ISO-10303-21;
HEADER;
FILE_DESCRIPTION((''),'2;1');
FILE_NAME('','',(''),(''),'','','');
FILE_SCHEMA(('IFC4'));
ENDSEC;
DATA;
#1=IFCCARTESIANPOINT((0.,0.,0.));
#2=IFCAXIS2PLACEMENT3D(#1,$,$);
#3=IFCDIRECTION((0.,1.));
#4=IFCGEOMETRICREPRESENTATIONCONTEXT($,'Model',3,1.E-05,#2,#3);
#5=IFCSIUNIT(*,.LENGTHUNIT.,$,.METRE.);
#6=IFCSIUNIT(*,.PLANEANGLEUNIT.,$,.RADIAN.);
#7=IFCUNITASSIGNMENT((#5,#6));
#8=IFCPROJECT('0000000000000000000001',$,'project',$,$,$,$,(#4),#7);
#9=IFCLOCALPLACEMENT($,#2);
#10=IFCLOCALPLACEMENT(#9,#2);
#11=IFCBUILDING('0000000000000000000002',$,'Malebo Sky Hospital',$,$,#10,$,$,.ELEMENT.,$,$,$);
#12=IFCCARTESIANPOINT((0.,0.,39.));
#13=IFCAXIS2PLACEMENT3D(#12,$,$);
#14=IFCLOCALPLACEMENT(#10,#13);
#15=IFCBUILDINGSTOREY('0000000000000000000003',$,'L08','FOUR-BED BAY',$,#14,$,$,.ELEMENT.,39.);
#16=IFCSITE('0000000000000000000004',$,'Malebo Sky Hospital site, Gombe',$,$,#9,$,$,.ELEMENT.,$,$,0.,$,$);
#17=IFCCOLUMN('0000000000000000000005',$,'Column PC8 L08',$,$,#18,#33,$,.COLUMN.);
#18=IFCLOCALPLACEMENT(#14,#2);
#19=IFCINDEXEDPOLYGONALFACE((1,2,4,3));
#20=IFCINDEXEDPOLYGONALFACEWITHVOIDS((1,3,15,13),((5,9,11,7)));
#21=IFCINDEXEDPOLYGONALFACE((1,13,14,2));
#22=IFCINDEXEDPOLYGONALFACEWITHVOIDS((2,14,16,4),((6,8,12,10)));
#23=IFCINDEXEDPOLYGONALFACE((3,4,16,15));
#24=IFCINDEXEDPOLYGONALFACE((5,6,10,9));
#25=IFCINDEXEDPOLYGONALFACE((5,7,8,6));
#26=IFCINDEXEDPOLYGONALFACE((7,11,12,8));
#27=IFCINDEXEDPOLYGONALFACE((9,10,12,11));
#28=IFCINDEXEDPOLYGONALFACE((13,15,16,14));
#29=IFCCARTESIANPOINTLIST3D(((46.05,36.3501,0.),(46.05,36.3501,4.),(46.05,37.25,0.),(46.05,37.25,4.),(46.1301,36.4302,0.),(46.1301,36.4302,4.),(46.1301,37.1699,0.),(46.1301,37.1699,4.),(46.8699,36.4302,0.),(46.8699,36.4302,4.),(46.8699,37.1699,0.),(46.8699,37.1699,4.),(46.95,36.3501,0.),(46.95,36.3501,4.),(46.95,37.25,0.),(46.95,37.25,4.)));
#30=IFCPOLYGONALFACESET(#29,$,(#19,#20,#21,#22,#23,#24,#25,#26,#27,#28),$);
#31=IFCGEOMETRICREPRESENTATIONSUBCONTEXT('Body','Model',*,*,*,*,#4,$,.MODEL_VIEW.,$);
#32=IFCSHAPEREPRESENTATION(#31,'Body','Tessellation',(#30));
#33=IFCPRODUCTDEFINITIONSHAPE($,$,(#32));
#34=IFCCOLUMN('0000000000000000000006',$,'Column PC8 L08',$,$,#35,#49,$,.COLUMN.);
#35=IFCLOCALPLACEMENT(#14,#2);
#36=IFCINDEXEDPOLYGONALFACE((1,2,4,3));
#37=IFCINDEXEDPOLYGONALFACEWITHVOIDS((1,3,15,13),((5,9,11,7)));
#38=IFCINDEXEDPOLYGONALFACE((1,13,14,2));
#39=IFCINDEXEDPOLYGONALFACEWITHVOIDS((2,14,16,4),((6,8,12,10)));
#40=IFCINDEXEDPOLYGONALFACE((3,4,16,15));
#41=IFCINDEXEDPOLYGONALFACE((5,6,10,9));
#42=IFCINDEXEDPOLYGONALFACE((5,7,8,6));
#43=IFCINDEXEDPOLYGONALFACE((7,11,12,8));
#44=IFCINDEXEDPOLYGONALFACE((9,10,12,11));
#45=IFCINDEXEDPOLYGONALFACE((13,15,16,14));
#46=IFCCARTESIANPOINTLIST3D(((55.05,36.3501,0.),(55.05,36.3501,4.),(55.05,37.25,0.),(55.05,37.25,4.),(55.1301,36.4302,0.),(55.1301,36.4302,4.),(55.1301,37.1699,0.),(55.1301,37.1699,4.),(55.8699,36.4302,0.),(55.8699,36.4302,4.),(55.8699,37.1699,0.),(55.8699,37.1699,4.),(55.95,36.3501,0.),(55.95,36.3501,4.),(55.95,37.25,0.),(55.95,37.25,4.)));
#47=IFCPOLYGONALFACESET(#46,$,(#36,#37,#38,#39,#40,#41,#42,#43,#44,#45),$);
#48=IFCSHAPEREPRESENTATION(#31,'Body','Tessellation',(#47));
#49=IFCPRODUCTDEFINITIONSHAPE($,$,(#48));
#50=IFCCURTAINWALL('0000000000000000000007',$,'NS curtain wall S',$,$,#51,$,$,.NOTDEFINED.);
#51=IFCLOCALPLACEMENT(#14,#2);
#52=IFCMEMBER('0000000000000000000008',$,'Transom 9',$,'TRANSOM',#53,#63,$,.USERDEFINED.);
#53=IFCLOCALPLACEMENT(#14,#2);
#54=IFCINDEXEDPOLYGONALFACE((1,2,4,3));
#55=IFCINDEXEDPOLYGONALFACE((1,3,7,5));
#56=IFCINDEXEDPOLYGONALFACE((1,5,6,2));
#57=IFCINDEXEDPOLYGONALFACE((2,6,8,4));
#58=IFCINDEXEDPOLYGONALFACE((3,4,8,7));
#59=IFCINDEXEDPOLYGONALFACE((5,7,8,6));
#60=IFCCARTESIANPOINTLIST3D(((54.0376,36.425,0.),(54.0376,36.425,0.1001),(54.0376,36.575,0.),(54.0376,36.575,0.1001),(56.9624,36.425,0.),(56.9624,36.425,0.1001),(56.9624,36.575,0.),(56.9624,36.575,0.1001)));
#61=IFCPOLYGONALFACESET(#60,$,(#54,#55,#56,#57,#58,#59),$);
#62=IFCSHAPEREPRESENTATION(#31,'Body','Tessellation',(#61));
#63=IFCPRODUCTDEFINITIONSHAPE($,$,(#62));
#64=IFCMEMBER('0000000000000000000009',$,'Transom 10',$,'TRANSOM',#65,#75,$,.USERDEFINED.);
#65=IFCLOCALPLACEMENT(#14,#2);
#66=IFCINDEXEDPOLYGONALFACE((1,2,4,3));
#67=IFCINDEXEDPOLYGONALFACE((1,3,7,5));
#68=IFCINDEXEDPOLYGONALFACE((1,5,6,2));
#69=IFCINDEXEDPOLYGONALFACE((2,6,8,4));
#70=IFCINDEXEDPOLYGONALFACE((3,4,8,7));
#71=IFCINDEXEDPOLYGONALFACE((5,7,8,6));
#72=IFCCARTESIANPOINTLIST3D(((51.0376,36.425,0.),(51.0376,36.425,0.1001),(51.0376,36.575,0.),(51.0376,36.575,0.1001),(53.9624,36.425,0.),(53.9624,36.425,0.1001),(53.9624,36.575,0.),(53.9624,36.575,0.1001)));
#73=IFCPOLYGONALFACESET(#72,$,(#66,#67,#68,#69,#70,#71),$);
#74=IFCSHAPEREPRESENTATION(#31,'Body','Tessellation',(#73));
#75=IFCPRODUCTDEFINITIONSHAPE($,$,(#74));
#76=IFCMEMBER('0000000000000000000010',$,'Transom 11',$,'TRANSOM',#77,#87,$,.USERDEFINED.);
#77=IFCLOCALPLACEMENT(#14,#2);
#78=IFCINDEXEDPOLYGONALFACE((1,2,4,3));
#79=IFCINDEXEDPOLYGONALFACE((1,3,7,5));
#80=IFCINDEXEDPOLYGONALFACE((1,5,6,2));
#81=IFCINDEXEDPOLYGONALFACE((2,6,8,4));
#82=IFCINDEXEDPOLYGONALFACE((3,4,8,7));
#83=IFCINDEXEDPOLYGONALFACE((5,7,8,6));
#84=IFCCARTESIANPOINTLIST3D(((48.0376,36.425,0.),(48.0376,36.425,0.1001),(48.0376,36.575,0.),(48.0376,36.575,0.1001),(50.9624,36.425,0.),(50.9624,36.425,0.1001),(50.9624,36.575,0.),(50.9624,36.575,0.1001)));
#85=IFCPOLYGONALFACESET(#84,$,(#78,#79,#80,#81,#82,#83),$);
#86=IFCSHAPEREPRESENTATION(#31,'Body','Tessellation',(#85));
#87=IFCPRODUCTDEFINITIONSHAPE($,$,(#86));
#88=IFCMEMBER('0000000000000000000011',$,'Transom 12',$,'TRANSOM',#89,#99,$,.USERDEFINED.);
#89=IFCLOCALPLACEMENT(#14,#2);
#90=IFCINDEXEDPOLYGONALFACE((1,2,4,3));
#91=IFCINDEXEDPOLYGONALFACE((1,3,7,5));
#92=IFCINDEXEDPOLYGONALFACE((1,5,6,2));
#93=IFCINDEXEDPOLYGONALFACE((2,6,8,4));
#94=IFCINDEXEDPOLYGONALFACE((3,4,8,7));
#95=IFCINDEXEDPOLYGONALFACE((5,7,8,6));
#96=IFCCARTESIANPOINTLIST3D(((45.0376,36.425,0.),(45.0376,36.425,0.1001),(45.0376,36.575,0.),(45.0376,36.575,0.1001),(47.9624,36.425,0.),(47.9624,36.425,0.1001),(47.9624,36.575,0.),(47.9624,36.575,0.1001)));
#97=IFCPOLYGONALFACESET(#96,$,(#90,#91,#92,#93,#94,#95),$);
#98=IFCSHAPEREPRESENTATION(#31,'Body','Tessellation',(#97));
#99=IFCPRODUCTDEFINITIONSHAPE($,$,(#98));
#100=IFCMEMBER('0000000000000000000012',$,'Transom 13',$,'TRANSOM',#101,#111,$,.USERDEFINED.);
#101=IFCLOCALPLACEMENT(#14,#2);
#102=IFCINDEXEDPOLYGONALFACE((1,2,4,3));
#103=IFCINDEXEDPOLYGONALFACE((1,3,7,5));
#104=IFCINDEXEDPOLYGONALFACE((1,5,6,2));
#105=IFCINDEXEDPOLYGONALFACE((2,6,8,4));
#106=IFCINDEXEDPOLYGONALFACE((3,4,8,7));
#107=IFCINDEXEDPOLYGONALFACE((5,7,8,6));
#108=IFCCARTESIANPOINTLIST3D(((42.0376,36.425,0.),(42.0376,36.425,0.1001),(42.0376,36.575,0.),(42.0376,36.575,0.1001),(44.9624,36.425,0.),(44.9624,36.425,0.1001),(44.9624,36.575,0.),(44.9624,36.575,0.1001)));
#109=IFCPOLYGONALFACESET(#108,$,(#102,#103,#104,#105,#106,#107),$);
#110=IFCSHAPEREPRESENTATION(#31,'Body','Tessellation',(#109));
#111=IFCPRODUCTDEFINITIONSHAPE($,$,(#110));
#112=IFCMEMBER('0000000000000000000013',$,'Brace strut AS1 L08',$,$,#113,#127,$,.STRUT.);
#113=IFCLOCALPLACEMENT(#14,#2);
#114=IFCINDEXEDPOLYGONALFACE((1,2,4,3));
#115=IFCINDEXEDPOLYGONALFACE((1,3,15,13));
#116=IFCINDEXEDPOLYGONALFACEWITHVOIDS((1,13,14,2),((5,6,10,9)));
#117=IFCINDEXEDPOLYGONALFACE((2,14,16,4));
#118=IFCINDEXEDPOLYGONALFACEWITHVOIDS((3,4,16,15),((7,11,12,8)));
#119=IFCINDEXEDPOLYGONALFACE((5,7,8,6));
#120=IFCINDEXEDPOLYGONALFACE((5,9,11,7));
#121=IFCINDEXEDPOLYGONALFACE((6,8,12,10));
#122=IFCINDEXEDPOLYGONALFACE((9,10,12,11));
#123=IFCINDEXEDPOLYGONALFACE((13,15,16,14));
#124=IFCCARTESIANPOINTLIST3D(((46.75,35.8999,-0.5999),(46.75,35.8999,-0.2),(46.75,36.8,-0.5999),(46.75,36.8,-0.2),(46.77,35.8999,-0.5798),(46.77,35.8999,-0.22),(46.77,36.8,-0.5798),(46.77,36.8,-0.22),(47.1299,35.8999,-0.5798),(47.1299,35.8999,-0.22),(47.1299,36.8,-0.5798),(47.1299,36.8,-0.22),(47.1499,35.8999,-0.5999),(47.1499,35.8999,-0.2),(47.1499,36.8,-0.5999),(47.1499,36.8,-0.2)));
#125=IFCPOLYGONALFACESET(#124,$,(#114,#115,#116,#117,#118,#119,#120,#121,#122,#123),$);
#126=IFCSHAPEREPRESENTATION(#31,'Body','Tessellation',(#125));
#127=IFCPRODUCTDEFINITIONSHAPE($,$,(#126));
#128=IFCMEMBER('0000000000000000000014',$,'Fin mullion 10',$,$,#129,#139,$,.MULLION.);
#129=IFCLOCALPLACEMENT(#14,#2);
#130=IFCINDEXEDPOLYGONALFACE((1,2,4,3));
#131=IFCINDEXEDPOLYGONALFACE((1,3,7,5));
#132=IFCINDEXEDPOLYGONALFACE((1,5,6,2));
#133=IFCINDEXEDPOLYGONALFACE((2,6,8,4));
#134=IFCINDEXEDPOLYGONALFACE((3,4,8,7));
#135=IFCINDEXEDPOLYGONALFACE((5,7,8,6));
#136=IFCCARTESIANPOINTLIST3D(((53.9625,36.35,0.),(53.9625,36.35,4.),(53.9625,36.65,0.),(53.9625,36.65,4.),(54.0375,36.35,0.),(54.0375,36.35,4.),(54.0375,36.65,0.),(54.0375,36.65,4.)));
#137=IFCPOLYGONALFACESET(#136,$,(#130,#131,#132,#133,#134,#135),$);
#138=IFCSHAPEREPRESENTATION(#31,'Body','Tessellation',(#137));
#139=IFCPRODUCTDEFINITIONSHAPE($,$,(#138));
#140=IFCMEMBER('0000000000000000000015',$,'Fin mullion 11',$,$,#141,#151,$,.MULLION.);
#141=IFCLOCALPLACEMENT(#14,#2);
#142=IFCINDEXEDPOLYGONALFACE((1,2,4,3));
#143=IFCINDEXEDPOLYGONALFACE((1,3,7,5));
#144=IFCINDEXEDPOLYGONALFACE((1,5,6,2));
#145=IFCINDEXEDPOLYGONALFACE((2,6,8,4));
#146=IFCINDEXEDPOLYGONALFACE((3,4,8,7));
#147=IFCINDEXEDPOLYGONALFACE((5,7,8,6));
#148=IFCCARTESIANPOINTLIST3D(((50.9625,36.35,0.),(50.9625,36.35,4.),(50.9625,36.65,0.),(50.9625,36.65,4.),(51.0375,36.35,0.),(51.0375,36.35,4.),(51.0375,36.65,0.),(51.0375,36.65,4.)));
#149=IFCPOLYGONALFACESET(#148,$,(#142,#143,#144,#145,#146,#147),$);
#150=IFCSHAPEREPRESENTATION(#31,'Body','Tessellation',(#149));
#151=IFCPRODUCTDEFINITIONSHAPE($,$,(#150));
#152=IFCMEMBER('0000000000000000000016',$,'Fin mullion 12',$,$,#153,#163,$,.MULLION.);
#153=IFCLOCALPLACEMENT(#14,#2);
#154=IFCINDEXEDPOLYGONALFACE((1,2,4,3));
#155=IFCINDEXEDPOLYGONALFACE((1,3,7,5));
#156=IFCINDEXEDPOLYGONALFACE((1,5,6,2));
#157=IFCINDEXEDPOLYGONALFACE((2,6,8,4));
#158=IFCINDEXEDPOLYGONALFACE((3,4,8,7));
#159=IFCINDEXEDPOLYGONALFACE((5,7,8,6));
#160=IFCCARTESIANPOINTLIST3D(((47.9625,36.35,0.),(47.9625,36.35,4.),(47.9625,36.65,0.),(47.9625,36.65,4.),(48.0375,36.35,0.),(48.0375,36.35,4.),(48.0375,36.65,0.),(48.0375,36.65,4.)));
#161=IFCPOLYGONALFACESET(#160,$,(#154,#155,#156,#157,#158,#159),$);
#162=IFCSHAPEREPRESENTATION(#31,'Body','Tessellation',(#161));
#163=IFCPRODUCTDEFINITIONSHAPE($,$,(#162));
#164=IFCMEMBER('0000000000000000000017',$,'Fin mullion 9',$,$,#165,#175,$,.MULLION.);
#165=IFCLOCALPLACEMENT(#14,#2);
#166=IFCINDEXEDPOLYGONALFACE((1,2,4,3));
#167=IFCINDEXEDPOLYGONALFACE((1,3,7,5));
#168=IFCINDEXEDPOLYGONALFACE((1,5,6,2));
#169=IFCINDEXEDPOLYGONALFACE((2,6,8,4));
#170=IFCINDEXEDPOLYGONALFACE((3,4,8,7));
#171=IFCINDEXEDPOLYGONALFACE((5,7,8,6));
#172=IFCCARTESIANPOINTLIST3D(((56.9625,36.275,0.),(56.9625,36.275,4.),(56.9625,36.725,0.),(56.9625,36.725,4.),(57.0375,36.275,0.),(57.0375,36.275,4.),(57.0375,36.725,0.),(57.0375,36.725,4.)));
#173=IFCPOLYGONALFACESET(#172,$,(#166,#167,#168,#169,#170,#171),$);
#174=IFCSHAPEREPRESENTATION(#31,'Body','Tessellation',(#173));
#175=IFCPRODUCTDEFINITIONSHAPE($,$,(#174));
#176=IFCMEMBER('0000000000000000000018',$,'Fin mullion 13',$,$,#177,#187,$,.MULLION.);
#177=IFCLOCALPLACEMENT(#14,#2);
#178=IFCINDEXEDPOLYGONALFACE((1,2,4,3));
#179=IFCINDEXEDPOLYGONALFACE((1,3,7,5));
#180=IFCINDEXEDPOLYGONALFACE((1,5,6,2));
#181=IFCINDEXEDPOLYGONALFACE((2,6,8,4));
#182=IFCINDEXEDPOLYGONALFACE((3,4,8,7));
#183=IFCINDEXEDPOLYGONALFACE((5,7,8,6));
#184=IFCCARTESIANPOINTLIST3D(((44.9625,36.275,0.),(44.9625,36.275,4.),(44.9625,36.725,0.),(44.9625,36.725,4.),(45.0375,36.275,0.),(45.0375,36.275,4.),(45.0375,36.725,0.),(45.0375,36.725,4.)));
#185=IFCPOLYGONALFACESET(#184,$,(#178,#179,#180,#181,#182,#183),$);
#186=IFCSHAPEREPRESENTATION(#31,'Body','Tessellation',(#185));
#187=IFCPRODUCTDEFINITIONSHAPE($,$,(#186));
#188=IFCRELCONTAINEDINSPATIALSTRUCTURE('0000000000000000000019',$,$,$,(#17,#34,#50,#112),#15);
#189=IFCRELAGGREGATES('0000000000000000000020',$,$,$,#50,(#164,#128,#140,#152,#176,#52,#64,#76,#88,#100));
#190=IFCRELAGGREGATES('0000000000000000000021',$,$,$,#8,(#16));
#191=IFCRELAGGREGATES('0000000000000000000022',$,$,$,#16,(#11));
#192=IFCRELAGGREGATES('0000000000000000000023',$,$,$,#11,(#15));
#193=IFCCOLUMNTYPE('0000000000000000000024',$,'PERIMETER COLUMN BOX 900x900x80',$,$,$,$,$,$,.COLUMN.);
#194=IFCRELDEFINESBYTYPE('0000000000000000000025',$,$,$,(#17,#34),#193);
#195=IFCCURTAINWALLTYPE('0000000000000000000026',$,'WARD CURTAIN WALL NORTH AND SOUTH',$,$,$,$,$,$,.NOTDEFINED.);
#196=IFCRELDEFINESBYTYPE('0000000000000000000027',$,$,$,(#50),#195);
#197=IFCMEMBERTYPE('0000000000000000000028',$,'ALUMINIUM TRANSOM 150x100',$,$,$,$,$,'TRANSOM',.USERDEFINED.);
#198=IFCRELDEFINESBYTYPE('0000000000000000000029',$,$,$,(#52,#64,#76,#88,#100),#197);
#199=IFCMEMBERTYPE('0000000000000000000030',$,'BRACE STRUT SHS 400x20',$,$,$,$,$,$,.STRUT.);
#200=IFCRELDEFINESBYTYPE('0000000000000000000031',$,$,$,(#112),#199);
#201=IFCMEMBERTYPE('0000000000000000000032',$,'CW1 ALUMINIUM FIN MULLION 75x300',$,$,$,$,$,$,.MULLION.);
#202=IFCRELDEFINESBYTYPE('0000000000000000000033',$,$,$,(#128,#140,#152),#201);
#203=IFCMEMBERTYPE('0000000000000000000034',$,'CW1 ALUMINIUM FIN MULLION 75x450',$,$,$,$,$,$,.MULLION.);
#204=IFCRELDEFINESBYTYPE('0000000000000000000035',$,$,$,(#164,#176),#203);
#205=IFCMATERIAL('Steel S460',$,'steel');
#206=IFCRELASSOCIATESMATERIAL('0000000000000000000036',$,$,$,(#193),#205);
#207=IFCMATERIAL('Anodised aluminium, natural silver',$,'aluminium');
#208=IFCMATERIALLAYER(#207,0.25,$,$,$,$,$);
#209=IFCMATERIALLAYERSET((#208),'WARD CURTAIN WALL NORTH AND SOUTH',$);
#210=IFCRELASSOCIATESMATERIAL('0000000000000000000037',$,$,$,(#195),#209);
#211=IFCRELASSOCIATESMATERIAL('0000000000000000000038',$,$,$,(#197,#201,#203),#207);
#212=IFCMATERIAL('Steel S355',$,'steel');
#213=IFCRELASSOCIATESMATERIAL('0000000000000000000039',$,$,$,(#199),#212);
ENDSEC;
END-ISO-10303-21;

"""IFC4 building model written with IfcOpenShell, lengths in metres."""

from ifc_helpers import new_model, si_unit, direction, frame, origin, origin_2d, place, context, subcontext, project, spatial, rectangle, hollow_rectangle, extrude, material, layer, layer_set, material_profile, profile_set, type_object, element, aggregate, save


model = new_model("IFC4")

# Units and contexts
model_context = context("Model", 3, precision=1e-05, world=origin(), true_north=direction((0.0, 1.0)))
body_context = subcontext(model_context, "Body", "Model", "MODEL_VIEW")
ifc_project = project(units=[si_unit("LENGTHUNIT", "METRE"), si_unit("PLANEANGLEUNIT", "RADIAN")], contexts=[model_context])

# Site, building, storey
site_placement = place(None, origin())
site = spatial("IfcSite", under=ifc_project, at=site_placement, Name="Malebo Sky Hospital site, Gombe", CompositionType="ELEMENT", RefElevation=0.0)
building_placement = place(site_placement, origin())
building = spatial("IfcBuilding", under=site, at=building_placement, Name="Malebo Sky Hospital", CompositionType="ELEMENT")
storey_placement = place(building_placement, frame((0.0, 0.0, 39.0)))
storey = spatial("IfcBuildingStorey", under=building, at=storey_placement, Name="L08", Description="FOUR-BED BAY", CompositionType="ELEMENT", Elevation=39.0)

# Columns
ifc_material_1 = material(Name="Steel S460", Category="steel")
ifc_material_profile_1 = material_profile(ifc_material_1, hollow_rectangle(XDim=0.8999, YDim=0.8999, WallThickness=0.0801, at=origin_2d()), Name="BOX 900x900x80")
ifc_profile_set_1 = profile_set([ifc_material_profile_1], Name="Steel S460")
column_type = type_object("IfcColumnType", Name="PERIMETER COLUMN BOX 900x900x80", PredefinedType="COLUMN", material=ifc_profile_set_1)
for number, where, z_axis, x_axis, name in (
    (1, (46.5, 36.8, 0.0), (0.0, 0.0, 1.0), (1.0, 0.0, 0.0), "Column PC8 L08"),
    (2, (55.5, 36.8, 0.0), (0.0, 0.0, 1.0), (1.0, 0.0, 0.0), "Column PC8 L08"),
):
    element("IfcColumn", number, at=place(storey_placement, frame(where, z_axis=z_axis, x_axis=x_axis)), inside=storey, type_object=column_type, Name=name, PredefinedType="COLUMN", context=body_context, shape_type="SweptSolid", body=[
        extrude(hollow_rectangle(XDim=0.8999, YDim=0.8999, WallThickness=0.0801, at=origin_2d()), origin(), (0.0, 0.0, 1.0), 4.0),
    ])

# Curtain wall, members
ifc_material_2 = material(Name="Anodised aluminium, natural silver", Category="aluminium")
ifc_layer_1 = layer(ifc_material_2, 0.25)
ifc_layer_set_1 = layer_set([ifc_layer_1], Name="WARD CURTAIN WALL NORTH AND SOUTH")
curtain_wall_type = type_object("IfcCurtainWallType", Name="WARD CURTAIN WALL NORTH AND SOUTH", PredefinedType="NOTDEFINED", material=ifc_layer_set_1)
curtain_wall_placement = place(storey_placement, origin())
curtain_wall = element("IfcCurtainWall", 3, at=curtain_wall_placement, inside=storey, type_object=curtain_wall_type, Name="NS curtain wall S", PredefinedType="NOTDEFINED")
ifc_material_profile_2 = material_profile(ifc_material_2, rectangle(XDim=0.1499, YDim=0.1001, at=origin_2d()), Name="ALUMINIUM TRANSOM 150x100")
ifc_profile_set_2 = profile_set([ifc_material_profile_2], Name="Anodised aluminium, natural silver")
member_type_1 = type_object("IfcMemberType", Name="ALUMINIUM TRANSOM 150x100", ElementType="TRANSOM", PredefinedType="USERDEFINED", material=ifc_profile_set_2)
member_1_placement = place(storey_placement, frame((56.9624, 36.5, 0.05), z_axis=(-1.0, 0.0, 0.0), x_axis=(0.0, -1.0, 0.0)))
member_1 = element("IfcMember", 4, at=member_1_placement, type_object=member_type_1, Name="Transom 9", ObjectType="TRANSOM", PredefinedType="USERDEFINED", context=body_context, shape_type="SweptSolid", body=[
    extrude(rectangle(XDim=0.1499, YDim=0.1001, at=origin_2d()), origin(), (0.0, 0.0, 1.0), 2.9248),
])
member_2_placement = place(storey_placement, frame((53.9624, 36.5, 0.05), z_axis=(-1.0, 0.0, 0.0), x_axis=(0.0, -1.0, 0.0)))
member_2 = element("IfcMember", 5, at=member_2_placement, type_object=member_type_1, Name="Transom 10", ObjectType="TRANSOM", PredefinedType="USERDEFINED", context=body_context, shape_type="SweptSolid", body=[
    extrude(rectangle(XDim=0.1499, YDim=0.1001, at=origin_2d()), origin(), (0.0, 0.0, 1.0), 2.9248),
])
member_3_placement = place(storey_placement, frame((50.9624, 36.5, 0.05), z_axis=(-1.0, 0.0, 0.0), x_axis=(0.0, -1.0, 0.0)))
member_3 = element("IfcMember", 6, at=member_3_placement, type_object=member_type_1, Name="Transom 11", ObjectType="TRANSOM", PredefinedType="USERDEFINED", context=body_context, shape_type="SweptSolid", body=[
    extrude(rectangle(XDim=0.1499, YDim=0.1001, at=origin_2d()), origin(), (0.0, 0.0, 1.0), 2.9248),
])
member_4_placement = place(storey_placement, frame((47.9624, 36.5, 0.05), z_axis=(-1.0, 0.0, 0.0), x_axis=(0.0, -1.0, 0.0)))
member_4 = element("IfcMember", 7, at=member_4_placement, type_object=member_type_1, Name="Transom 12", ObjectType="TRANSOM", PredefinedType="USERDEFINED", context=body_context, shape_type="SweptSolid", body=[
    extrude(rectangle(XDim=0.1499, YDim=0.1001, at=origin_2d()), origin(), (0.0, 0.0, 1.0), 2.9248),
])
member_5_placement = place(storey_placement, frame((44.9624, 36.5, 0.05), z_axis=(-1.0, 0.0, 0.0), x_axis=(0.0, -1.0, 0.0)))
member_5 = element("IfcMember", 8, at=member_5_placement, type_object=member_type_1, Name="Transom 13", ObjectType="TRANSOM", PredefinedType="USERDEFINED", context=body_context, shape_type="SweptSolid", body=[
    extrude(rectangle(XDim=0.1499, YDim=0.1001, at=origin_2d()), origin(), (0.0, 0.0, 1.0), 2.9248),
])

# Members
ifc_material_3 = material(Name="Steel S355", Category="steel")
ifc_material_profile_3 = material_profile(ifc_material_3, hollow_rectangle(XDim=0.3999, YDim=0.3999, WallThickness=0.02, at=origin_2d()), Name="SHS 400x20")
ifc_profile_set_3 = profile_set([ifc_material_profile_3], Name="Steel S355")
member_type_2 = type_object("IfcMemberType", Name="BRACE STRUT SHS 400x20", PredefinedType="STRUT", material=ifc_profile_set_3)
member_6_placement = place(storey_placement, frame((46.95, 35.8999, -0.3999), z_axis=(0.0, 1.0, 0.0), x_axis=(-1.0, 0.0, 0.0)))
element("IfcMember", 9, at=member_6_placement, inside=storey, type_object=member_type_2, Name="Brace strut AS1 L08", PredefinedType="STRUT", context=body_context, shape_type="SweptSolid", body=[
    extrude(hollow_rectangle(XDim=0.3999, YDim=0.3999, WallThickness=0.02, at=origin_2d()), origin(), (0.0, 0.0, 1.0), 0.9001),
])
ifc_material_profile_4 = material_profile(ifc_material_2, rectangle(XDim=0.075, YDim=0.3, at=origin_2d()), Name="CW1 ALUMINIUM FIN MULLION 75x300")
ifc_profile_set_4 = profile_set([ifc_material_profile_4], Name="Anodised aluminium, natural silver")
member_type_3 = type_object("IfcMemberType", Name="CW1 ALUMINIUM FIN MULLION 75x300", PredefinedType="MULLION", material=ifc_profile_set_4)
member_7_placement = place(storey_placement, frame((54.0, 36.5, 0.0), z_axis=(0.0, 0.0, 1.0), x_axis=(-1.0, 0.0, 0.0)))
member_7 = element("IfcMember", 10, at=member_7_placement, type_object=member_type_3, Name="Fin mullion 10", PredefinedType="MULLION", context=body_context, shape_type="SweptSolid", body=[
    extrude(rectangle(XDim=0.075, YDim=0.3, at=origin_2d()), origin(), (0.0, 0.0, 1.0), 4.0),
])
member_8_placement = place(storey_placement, frame((51.0, 36.5, 0.0), z_axis=(0.0, 0.0, 1.0), x_axis=(-1.0, 0.0, 0.0)))
member_8 = element("IfcMember", 11, at=member_8_placement, type_object=member_type_3, Name="Fin mullion 11", PredefinedType="MULLION", context=body_context, shape_type="SweptSolid", body=[
    extrude(rectangle(XDim=0.075, YDim=0.3, at=origin_2d()), origin(), (0.0, 0.0, 1.0), 4.0),
])
member_9_placement = place(storey_placement, frame((48.0, 36.5, 0.0), z_axis=(0.0, 0.0, 1.0), x_axis=(-1.0, 0.0, 0.0)))
member_9 = element("IfcMember", 12, at=member_9_placement, type_object=member_type_3, Name="Fin mullion 12", PredefinedType="MULLION", context=body_context, shape_type="SweptSolid", body=[
    extrude(rectangle(XDim=0.075, YDim=0.3, at=origin_2d()), origin(), (0.0, 0.0, 1.0), 4.0),
])
ifc_material_profile_5 = material_profile(ifc_material_2, rectangle(XDim=0.075, YDim=0.45, at=origin_2d()), Name="CW1 ALUMINIUM FIN MULLION 75x450")
ifc_profile_set_5 = profile_set([ifc_material_profile_5], Name="Anodised aluminium, natural silver")
member_type_4 = type_object("IfcMemberType", Name="CW1 ALUMINIUM FIN MULLION 75x450", PredefinedType="MULLION", material=ifc_profile_set_5)
member_10_placement = place(storey_placement, frame((57.0, 36.5, 0.0), z_axis=(0.0, 0.0, 1.0), x_axis=(-1.0, 0.0, 0.0)))
member_10 = element("IfcMember", 13, at=member_10_placement, type_object=member_type_4, Name="Fin mullion 9", PredefinedType="MULLION", context=body_context, shape_type="SweptSolid", body=[
    extrude(rectangle(XDim=0.075, YDim=0.45, at=origin_2d()), origin(), (0.0, 0.0, 1.0), 4.0),
])
member_11_placement = place(storey_placement, frame((45.0, 36.5, 0.0), z_axis=(0.0, 0.0, 1.0), x_axis=(-1.0, 0.0, 0.0)))
member_11 = element("IfcMember", 14, at=member_11_placement, type_object=member_type_4, Name="Fin mullion 13", PredefinedType="MULLION", context=body_context, shape_type="SweptSolid", body=[
    extrude(rectangle(XDim=0.075, YDim=0.45, at=origin_2d()), origin(), (0.0, 0.0, 1.0), 4.0),
])

aggregate(curtain_wall, [member_10, member_7, member_8, member_9, member_11, member_1, member_2, member_3, member_4, member_5])

save(model, "model.ifc")
